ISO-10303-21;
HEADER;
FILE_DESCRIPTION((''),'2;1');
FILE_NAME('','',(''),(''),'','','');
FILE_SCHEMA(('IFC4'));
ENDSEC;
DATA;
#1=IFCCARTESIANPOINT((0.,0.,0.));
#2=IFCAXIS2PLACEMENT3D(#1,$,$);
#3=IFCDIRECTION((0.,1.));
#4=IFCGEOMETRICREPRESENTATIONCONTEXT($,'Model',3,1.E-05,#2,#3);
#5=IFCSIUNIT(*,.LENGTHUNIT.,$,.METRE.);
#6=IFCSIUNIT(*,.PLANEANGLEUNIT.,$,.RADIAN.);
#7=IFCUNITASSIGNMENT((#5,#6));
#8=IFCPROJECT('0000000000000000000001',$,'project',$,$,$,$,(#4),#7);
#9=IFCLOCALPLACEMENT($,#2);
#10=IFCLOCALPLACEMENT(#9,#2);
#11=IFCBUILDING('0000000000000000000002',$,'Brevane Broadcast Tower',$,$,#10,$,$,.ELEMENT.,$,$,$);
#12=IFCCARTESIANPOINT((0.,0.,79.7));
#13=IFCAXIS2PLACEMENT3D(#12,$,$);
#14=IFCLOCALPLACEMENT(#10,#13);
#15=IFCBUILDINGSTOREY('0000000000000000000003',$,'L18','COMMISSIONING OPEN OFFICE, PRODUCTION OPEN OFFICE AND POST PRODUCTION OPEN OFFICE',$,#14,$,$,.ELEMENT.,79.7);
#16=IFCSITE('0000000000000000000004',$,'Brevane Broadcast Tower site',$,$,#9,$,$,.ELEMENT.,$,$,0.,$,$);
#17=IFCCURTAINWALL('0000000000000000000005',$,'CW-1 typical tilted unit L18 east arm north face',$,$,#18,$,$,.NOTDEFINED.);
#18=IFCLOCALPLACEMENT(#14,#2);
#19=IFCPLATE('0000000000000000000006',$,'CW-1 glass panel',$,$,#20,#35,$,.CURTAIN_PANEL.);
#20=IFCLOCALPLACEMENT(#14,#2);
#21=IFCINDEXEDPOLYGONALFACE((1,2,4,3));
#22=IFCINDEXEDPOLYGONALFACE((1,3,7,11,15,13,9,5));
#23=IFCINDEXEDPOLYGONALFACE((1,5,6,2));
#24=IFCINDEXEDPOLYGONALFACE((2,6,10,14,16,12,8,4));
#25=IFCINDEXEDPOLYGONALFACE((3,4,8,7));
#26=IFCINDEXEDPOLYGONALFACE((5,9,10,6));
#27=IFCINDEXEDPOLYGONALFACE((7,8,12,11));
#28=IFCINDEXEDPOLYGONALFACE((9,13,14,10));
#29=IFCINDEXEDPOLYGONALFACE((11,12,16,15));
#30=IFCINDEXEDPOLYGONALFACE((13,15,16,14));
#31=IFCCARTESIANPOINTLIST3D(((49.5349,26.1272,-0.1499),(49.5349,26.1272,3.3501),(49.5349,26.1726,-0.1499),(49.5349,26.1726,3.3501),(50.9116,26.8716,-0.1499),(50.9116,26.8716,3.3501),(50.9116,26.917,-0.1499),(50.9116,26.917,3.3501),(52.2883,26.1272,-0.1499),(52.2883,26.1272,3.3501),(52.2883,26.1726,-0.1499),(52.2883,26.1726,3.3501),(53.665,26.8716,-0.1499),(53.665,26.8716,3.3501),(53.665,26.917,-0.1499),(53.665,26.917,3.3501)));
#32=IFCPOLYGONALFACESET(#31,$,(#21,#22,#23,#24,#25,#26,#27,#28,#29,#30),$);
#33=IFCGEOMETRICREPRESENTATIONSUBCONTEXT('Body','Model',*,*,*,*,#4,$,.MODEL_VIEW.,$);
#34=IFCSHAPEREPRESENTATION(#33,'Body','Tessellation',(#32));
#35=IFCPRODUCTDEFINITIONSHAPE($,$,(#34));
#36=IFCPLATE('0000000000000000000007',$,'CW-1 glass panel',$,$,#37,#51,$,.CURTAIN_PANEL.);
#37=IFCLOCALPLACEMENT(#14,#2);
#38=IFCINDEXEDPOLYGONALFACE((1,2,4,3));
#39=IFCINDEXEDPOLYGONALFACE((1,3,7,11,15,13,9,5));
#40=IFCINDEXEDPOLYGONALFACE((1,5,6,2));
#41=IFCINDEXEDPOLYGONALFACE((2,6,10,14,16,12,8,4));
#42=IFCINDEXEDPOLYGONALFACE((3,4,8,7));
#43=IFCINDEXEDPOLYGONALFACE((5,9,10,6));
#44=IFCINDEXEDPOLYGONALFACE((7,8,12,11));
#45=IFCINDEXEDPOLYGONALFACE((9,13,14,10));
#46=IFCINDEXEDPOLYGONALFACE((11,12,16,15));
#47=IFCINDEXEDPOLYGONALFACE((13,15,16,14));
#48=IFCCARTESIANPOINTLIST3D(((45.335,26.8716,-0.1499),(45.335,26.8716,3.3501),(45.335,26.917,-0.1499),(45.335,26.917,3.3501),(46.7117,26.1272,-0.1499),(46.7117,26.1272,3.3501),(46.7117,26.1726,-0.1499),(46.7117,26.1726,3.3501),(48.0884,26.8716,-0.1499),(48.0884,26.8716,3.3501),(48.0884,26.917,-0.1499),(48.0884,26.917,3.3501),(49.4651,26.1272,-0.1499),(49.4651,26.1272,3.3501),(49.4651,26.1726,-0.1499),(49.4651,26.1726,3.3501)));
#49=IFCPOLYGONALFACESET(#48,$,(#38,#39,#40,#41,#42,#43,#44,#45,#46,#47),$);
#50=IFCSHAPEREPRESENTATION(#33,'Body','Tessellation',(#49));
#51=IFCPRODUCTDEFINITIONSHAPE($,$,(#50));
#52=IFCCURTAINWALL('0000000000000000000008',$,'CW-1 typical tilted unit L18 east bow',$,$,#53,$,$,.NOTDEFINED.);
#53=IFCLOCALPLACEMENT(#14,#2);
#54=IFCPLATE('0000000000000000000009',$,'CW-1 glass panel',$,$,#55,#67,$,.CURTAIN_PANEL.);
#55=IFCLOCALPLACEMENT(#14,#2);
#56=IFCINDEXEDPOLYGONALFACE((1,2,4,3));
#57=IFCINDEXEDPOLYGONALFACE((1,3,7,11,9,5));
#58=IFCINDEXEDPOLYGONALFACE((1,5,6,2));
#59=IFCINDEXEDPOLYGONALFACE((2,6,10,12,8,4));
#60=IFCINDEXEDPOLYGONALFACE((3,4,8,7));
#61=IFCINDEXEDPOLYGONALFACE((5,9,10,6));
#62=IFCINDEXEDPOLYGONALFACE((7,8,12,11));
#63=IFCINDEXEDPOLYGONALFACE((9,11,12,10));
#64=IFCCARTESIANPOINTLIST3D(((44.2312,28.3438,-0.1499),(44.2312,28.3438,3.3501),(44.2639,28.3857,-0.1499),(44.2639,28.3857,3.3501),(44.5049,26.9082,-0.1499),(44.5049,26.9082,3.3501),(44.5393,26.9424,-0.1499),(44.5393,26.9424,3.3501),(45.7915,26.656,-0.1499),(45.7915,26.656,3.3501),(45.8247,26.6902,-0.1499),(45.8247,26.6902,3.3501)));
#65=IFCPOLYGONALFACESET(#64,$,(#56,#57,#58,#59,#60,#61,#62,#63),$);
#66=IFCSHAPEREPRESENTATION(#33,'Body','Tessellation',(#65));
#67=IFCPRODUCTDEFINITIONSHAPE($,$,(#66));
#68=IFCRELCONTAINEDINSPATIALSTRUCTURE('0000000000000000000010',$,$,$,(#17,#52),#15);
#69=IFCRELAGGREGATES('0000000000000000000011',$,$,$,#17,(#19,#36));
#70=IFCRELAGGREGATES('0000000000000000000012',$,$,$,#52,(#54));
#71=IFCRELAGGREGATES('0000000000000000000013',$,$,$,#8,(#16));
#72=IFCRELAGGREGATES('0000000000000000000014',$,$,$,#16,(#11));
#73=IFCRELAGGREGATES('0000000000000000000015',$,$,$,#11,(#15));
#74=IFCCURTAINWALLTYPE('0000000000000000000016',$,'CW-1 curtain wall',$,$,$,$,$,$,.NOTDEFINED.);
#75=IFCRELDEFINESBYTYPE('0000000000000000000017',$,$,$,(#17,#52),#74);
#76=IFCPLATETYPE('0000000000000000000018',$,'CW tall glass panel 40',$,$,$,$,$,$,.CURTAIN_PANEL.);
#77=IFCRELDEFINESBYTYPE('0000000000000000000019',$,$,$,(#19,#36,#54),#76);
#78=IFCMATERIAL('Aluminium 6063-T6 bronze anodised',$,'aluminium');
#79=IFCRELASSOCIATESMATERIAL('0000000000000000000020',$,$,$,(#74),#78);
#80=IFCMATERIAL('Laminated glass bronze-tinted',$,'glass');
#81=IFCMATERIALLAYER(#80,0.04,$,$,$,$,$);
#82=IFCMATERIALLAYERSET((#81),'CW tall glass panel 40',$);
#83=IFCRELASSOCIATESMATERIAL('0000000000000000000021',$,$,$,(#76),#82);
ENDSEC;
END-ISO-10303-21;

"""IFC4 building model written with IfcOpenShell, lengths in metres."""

from ifc_helpers import new_model, si_unit, direction, frame, origin, place, context, subcontext, project, spatial, polyline, outline, extrude, material, layer, layer_set, type_object, element, aggregate, save


model = new_model("IFC4")

# Units and contexts
model_context = context("Model", 3, precision=1e-05, world=origin(), true_north=direction((0.0, 1.0)))
body_context = subcontext(model_context, "Body", "Model", "MODEL_VIEW")
ifc_project = project(units=[si_unit("LENGTHUNIT", "METRE"), si_unit("PLANEANGLEUNIT", "RADIAN")], contexts=[model_context])

# Site, building, storey
site_placement = place(None, origin())
site = spatial("IfcSite", under=ifc_project, at=site_placement, Name="Brevane Broadcast Tower site", CompositionType="ELEMENT", RefElevation=0.0)
building_placement = place(site_placement, origin())
building = spatial("IfcBuilding", under=site, at=building_placement, Name="Brevane Broadcast Tower", CompositionType="ELEMENT")
storey_placement = place(building_placement, frame((0.0, 0.0, 79.7)))
storey = spatial("IfcBuildingStorey", under=building, at=storey_placement, Name="L18", Description="COMMISSIONING OPEN OFFICE, PRODUCTION OPEN OFFICE AND POST PRODUCTION OPEN OFFICE", CompositionType="ELEMENT", Elevation=79.7)

# Curtain wall, plates
ifc_material_1 = material(Name="Aluminium 6063-T6 bronze anodised", Category="aluminium")
curtain_wall_type = type_object("IfcCurtainWallType", Name="CW-1 curtain wall", PredefinedType="NOTDEFINED", material=ifc_material_1)
ifc_material_2 = material(Name="Laminated glass bronze-tinted", Category="glass")
ifc_layer = layer(ifc_material_2, 0.04)
ifc_layer_set = layer_set([ifc_layer], Name="CW tall glass panel 40")
plate_type = type_object("IfcPlateType", Name="CW tall glass panel 40", PredefinedType="CURTAIN_PANEL", material=ifc_layer_set)
curtain_wall_1_placement = place(storey_placement, origin())
curtain_wall_1 = element("IfcCurtainWall", 1, at=curtain_wall_1_placement, inside=storey, type_object=curtain_wall_type, Name="CW-1 typical tilted unit L18 east arm north face", PredefinedType="NOTDEFINED")
plate_1_placement = place(storey_placement, frame((0.0, 0.0, -0.1499)))
plate_1 = element("IfcPlate", 2, at=plate_1_placement, type_object=plate_type, Name="CW-1 glass panel", PredefinedType="CURTAIN_PANEL", context=body_context, shape_type="SweptSolid", body=[
    extrude(outline(polyline([(53.665, 26.8716), (53.665, 26.917), (52.2883, 26.1726), (50.9116, 26.917), (49.5349, 26.1726), (49.5349, 26.1272), (50.9116, 26.8716), (52.2883, 26.1272), (53.665, 26.8716)])), origin(), (0.0, 0.0, 1.0), 3.5),
])
plate_2_placement = place(storey_placement, frame((0.0, 0.0, -0.1499)))
plate_2 = element("IfcPlate", 3, at=plate_2_placement, type_object=plate_type, Name="CW-1 glass panel", PredefinedType="CURTAIN_PANEL", context=body_context, shape_type="SweptSolid", body=[
    extrude(outline(polyline([(49.4651, 26.1272), (49.4651, 26.1726), (48.0884, 26.917), (46.7117, 26.1726), (45.335, 26.917), (45.335, 26.8716), (46.7117, 26.1272), (48.0884, 26.8716), (49.4651, 26.1272)])), origin(), (0.0, 0.0, 1.0), 3.5),
])
aggregate(curtain_wall_1, [plate_1, plate_2])

# Curtain wall, plate
curtain_wall_2_placement = place(storey_placement, origin())
curtain_wall_2 = element("IfcCurtainWall", 4, at=curtain_wall_2_placement, inside=storey, type_object=curtain_wall_type, Name="CW-1 typical tilted unit L18 east bow", PredefinedType="NOTDEFINED")
plate_3_placement = place(storey_placement, frame((0.0, 0.0, -0.1499)))
plate_3 = element("IfcPlate", 5, at=plate_3_placement, type_object=plate_type, Name="CW-1 glass panel", PredefinedType="CURTAIN_PANEL", context=body_context, shape_type="SweptSolid", body=[
    extrude(outline(polyline([(45.7915, 26.656), (45.8247, 26.6902), (44.5393, 26.9424), (44.2639, 28.3857), (44.2312, 28.3438), (44.5049, 26.9082), (45.7915, 26.656)])), origin(), (0.0, 0.0, 1.0), 3.5),
])
aggregate(curtain_wall_2, [plate_3])

save(model, "model.ifc")
